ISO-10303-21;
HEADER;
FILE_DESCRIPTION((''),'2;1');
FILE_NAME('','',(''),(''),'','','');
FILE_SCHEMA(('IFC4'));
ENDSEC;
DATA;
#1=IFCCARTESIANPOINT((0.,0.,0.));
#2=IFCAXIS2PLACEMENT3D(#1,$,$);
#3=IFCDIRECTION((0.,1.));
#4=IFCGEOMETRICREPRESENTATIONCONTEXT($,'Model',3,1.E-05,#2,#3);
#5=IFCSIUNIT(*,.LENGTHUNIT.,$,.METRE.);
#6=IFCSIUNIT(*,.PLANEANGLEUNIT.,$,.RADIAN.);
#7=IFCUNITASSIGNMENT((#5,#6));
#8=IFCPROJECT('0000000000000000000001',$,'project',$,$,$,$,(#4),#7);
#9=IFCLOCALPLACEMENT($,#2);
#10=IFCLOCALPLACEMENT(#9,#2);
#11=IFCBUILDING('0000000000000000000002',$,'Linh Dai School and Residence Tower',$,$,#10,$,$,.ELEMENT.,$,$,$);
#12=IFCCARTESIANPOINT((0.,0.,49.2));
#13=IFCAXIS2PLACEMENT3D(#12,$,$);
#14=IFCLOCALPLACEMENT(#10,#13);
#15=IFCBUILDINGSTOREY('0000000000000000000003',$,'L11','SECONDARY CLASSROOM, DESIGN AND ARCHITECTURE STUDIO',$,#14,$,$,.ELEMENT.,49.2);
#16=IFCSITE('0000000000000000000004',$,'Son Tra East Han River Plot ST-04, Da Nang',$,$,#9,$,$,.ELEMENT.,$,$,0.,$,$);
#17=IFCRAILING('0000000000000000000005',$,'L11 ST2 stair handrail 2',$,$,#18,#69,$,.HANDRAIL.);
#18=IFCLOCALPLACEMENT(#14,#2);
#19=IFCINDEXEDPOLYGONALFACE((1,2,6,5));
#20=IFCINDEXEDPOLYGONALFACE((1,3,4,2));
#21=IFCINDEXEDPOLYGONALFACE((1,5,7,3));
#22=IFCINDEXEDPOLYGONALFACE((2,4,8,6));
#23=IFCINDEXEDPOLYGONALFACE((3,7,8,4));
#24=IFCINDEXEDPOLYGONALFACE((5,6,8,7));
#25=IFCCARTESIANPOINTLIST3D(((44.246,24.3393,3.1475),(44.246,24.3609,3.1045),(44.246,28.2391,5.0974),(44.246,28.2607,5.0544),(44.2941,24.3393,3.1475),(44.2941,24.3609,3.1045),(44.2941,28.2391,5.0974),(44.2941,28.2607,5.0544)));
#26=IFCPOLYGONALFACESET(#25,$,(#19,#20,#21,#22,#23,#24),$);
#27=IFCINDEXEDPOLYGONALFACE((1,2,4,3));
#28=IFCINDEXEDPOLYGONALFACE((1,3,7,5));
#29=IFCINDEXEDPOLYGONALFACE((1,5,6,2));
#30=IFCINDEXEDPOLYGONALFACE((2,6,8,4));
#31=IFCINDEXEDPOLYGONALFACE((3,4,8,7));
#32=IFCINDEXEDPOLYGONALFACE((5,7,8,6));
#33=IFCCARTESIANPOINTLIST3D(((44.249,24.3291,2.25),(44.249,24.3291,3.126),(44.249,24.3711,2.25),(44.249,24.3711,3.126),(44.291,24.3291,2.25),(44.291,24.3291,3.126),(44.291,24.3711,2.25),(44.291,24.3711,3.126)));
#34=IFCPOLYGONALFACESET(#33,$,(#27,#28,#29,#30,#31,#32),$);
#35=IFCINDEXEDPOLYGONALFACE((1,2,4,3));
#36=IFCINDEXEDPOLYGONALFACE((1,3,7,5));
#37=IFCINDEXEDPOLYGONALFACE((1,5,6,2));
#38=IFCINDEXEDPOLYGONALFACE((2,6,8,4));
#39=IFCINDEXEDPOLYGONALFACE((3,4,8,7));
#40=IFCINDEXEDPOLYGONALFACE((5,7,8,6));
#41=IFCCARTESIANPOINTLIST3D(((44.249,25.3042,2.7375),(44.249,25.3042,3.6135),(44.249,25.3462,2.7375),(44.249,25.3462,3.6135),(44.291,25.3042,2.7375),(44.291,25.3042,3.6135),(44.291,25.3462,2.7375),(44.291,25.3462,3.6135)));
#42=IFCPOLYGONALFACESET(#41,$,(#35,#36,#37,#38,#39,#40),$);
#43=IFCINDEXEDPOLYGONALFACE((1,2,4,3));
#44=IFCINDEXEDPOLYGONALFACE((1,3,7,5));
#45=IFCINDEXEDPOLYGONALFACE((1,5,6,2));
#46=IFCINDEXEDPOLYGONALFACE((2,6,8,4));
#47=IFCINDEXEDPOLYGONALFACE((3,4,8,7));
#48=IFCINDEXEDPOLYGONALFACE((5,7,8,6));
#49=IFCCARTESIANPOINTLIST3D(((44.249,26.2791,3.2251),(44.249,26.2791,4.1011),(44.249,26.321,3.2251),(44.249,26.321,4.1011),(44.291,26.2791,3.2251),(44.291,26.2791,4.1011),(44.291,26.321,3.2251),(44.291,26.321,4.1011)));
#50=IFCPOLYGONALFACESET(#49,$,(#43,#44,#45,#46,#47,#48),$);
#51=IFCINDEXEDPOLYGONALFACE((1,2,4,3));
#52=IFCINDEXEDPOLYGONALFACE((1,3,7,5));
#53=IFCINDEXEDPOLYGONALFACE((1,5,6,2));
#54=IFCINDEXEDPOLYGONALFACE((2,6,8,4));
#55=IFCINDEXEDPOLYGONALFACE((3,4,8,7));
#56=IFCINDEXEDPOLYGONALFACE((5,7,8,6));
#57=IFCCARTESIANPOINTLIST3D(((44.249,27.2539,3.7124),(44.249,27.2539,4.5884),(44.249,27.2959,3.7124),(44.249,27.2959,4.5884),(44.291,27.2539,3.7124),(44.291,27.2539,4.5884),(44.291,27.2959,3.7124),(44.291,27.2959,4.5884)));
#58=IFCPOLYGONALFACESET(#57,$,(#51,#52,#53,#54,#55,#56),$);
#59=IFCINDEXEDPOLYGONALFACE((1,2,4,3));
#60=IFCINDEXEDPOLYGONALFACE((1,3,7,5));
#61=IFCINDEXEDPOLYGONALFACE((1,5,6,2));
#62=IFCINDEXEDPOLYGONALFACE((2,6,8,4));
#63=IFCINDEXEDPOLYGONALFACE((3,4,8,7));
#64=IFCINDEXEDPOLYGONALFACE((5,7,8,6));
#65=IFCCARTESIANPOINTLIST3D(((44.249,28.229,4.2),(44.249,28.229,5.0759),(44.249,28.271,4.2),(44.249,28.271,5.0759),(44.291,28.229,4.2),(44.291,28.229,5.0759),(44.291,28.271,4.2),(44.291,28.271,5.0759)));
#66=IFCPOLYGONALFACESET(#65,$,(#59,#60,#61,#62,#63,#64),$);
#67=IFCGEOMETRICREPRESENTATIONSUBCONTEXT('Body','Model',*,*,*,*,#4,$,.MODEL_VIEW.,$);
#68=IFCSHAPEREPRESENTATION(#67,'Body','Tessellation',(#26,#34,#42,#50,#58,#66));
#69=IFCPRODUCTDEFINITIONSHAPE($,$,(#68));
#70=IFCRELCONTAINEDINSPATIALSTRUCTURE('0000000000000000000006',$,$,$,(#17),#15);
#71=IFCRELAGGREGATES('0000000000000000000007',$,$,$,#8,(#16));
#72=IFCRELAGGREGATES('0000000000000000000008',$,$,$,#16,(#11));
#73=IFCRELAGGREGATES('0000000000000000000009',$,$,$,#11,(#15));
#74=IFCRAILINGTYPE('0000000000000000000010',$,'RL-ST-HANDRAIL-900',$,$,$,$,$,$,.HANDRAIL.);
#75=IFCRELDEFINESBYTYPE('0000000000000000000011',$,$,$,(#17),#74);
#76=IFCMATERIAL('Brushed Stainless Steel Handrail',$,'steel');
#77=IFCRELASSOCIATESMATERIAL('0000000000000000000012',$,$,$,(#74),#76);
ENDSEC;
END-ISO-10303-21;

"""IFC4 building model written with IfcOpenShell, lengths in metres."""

from ifc_helpers import new_model, si_unit, direction, frame, origin, origin_2d, place, context, subcontext, project, spatial, rectangle, extrude, source, transform, mapped, material, type_object, element, save


model = new_model("IFC4")

# Units and contexts
model_context = context("Model", 3, precision=1e-05, world=origin(), true_north=direction((0.0, 1.0)))
body_context = subcontext(model_context, "Body", "Model", "MODEL_VIEW")
ifc_project = project(units=[si_unit("LENGTHUNIT", "METRE"), si_unit("PLANEANGLEUNIT", "RADIAN")], contexts=[model_context])

# Site, building, storey
site_placement = place(None, origin())
site = spatial("IfcSite", under=ifc_project, at=site_placement, Name="Son Tra East Han River Plot ST-04, Da Nang", CompositionType="ELEMENT", RefElevation=0.0)
building_placement = place(site_placement, origin())
building = spatial("IfcBuilding", under=site, at=building_placement, Name="Linh Dai School and Residence Tower", CompositionType="ELEMENT")
storey_placement = place(building_placement, frame((0.0, 0.0, 49.2)))
storey = spatial("IfcBuildingStorey", under=building, at=storey_placement, Name="L11", Description="SECONDARY CLASSROOM, DESIGN AND ARCHITECTURE STUDIO", CompositionType="ELEMENT", Elevation=49.2)

# Railing
ifc_material_1 = material(Name="Brushed Stainless Steel Handrail", Category="steel")
railing_type_1 = type_object("IfcRailingType", Name="RL-ST-HANDRAIL-900", PredefinedType="HANDRAIL", material=ifc_material_1)
shared_shape_1 = source(origin(), body_context, "Body", "SweptSolid", [
    extrude(rectangle(XDim=0.0481, YDim=0.0481, at=origin_2d()), frame((0.0, 0.0, 0.876), z_axis=(0.0, 0.894427, 0.447214), x_axis=(-1.0, 0.0, 0.0)), (0.0, 0.0, 1.0), 4.3601),
    extrude(rectangle(XDim=0.042, YDim=0.042, at=origin_2d()), origin(), (0.0, 0.0, 1.0), 0.876),
    extrude(rectangle(XDim=0.042, YDim=0.042, at=origin_2d()), frame((0.0, 0.9751, 0.4875)), (0.0, 0.0, 1.0), 0.876),
    extrude(rectangle(XDim=0.042, YDim=0.042, at=origin_2d()), frame((0.0, 1.95, 0.9751)), (0.0, 0.0, 1.0), 0.876),
    extrude(rectangle(XDim=0.042, YDim=0.042, at=origin_2d()), frame((0.0, 2.9248, 1.4624)), (0.0, 0.0, 1.0), 0.876),
    extrude(rectangle(XDim=0.042, YDim=0.042, at=origin_2d()), frame((0.0, 3.8999, 1.95)), (0.0, 0.0, 1.0), 0.876),
])
railing_1_placement = place(storey_placement, frame((44.27, 24.3501, 2.25)))
element("IfcRailing", 1, at=railing_1_placement, inside=storey, type_object=railing_type_1, Name="L11 ST2 stair handrail 2", PredefinedType="HANDRAIL", context=body_context, shape_type="MappedRepresentation", body=[
    mapped(shared_shape_1, transform((0.0, 0.0, 0.0), x_axis=(1.0, 0.0, 0.0), y_axis=(0.0, 1.0, 0.0), z_axis=(0.0, 0.0, 1.0), scale=1.0)),
])

save(model, "model.ifc")
